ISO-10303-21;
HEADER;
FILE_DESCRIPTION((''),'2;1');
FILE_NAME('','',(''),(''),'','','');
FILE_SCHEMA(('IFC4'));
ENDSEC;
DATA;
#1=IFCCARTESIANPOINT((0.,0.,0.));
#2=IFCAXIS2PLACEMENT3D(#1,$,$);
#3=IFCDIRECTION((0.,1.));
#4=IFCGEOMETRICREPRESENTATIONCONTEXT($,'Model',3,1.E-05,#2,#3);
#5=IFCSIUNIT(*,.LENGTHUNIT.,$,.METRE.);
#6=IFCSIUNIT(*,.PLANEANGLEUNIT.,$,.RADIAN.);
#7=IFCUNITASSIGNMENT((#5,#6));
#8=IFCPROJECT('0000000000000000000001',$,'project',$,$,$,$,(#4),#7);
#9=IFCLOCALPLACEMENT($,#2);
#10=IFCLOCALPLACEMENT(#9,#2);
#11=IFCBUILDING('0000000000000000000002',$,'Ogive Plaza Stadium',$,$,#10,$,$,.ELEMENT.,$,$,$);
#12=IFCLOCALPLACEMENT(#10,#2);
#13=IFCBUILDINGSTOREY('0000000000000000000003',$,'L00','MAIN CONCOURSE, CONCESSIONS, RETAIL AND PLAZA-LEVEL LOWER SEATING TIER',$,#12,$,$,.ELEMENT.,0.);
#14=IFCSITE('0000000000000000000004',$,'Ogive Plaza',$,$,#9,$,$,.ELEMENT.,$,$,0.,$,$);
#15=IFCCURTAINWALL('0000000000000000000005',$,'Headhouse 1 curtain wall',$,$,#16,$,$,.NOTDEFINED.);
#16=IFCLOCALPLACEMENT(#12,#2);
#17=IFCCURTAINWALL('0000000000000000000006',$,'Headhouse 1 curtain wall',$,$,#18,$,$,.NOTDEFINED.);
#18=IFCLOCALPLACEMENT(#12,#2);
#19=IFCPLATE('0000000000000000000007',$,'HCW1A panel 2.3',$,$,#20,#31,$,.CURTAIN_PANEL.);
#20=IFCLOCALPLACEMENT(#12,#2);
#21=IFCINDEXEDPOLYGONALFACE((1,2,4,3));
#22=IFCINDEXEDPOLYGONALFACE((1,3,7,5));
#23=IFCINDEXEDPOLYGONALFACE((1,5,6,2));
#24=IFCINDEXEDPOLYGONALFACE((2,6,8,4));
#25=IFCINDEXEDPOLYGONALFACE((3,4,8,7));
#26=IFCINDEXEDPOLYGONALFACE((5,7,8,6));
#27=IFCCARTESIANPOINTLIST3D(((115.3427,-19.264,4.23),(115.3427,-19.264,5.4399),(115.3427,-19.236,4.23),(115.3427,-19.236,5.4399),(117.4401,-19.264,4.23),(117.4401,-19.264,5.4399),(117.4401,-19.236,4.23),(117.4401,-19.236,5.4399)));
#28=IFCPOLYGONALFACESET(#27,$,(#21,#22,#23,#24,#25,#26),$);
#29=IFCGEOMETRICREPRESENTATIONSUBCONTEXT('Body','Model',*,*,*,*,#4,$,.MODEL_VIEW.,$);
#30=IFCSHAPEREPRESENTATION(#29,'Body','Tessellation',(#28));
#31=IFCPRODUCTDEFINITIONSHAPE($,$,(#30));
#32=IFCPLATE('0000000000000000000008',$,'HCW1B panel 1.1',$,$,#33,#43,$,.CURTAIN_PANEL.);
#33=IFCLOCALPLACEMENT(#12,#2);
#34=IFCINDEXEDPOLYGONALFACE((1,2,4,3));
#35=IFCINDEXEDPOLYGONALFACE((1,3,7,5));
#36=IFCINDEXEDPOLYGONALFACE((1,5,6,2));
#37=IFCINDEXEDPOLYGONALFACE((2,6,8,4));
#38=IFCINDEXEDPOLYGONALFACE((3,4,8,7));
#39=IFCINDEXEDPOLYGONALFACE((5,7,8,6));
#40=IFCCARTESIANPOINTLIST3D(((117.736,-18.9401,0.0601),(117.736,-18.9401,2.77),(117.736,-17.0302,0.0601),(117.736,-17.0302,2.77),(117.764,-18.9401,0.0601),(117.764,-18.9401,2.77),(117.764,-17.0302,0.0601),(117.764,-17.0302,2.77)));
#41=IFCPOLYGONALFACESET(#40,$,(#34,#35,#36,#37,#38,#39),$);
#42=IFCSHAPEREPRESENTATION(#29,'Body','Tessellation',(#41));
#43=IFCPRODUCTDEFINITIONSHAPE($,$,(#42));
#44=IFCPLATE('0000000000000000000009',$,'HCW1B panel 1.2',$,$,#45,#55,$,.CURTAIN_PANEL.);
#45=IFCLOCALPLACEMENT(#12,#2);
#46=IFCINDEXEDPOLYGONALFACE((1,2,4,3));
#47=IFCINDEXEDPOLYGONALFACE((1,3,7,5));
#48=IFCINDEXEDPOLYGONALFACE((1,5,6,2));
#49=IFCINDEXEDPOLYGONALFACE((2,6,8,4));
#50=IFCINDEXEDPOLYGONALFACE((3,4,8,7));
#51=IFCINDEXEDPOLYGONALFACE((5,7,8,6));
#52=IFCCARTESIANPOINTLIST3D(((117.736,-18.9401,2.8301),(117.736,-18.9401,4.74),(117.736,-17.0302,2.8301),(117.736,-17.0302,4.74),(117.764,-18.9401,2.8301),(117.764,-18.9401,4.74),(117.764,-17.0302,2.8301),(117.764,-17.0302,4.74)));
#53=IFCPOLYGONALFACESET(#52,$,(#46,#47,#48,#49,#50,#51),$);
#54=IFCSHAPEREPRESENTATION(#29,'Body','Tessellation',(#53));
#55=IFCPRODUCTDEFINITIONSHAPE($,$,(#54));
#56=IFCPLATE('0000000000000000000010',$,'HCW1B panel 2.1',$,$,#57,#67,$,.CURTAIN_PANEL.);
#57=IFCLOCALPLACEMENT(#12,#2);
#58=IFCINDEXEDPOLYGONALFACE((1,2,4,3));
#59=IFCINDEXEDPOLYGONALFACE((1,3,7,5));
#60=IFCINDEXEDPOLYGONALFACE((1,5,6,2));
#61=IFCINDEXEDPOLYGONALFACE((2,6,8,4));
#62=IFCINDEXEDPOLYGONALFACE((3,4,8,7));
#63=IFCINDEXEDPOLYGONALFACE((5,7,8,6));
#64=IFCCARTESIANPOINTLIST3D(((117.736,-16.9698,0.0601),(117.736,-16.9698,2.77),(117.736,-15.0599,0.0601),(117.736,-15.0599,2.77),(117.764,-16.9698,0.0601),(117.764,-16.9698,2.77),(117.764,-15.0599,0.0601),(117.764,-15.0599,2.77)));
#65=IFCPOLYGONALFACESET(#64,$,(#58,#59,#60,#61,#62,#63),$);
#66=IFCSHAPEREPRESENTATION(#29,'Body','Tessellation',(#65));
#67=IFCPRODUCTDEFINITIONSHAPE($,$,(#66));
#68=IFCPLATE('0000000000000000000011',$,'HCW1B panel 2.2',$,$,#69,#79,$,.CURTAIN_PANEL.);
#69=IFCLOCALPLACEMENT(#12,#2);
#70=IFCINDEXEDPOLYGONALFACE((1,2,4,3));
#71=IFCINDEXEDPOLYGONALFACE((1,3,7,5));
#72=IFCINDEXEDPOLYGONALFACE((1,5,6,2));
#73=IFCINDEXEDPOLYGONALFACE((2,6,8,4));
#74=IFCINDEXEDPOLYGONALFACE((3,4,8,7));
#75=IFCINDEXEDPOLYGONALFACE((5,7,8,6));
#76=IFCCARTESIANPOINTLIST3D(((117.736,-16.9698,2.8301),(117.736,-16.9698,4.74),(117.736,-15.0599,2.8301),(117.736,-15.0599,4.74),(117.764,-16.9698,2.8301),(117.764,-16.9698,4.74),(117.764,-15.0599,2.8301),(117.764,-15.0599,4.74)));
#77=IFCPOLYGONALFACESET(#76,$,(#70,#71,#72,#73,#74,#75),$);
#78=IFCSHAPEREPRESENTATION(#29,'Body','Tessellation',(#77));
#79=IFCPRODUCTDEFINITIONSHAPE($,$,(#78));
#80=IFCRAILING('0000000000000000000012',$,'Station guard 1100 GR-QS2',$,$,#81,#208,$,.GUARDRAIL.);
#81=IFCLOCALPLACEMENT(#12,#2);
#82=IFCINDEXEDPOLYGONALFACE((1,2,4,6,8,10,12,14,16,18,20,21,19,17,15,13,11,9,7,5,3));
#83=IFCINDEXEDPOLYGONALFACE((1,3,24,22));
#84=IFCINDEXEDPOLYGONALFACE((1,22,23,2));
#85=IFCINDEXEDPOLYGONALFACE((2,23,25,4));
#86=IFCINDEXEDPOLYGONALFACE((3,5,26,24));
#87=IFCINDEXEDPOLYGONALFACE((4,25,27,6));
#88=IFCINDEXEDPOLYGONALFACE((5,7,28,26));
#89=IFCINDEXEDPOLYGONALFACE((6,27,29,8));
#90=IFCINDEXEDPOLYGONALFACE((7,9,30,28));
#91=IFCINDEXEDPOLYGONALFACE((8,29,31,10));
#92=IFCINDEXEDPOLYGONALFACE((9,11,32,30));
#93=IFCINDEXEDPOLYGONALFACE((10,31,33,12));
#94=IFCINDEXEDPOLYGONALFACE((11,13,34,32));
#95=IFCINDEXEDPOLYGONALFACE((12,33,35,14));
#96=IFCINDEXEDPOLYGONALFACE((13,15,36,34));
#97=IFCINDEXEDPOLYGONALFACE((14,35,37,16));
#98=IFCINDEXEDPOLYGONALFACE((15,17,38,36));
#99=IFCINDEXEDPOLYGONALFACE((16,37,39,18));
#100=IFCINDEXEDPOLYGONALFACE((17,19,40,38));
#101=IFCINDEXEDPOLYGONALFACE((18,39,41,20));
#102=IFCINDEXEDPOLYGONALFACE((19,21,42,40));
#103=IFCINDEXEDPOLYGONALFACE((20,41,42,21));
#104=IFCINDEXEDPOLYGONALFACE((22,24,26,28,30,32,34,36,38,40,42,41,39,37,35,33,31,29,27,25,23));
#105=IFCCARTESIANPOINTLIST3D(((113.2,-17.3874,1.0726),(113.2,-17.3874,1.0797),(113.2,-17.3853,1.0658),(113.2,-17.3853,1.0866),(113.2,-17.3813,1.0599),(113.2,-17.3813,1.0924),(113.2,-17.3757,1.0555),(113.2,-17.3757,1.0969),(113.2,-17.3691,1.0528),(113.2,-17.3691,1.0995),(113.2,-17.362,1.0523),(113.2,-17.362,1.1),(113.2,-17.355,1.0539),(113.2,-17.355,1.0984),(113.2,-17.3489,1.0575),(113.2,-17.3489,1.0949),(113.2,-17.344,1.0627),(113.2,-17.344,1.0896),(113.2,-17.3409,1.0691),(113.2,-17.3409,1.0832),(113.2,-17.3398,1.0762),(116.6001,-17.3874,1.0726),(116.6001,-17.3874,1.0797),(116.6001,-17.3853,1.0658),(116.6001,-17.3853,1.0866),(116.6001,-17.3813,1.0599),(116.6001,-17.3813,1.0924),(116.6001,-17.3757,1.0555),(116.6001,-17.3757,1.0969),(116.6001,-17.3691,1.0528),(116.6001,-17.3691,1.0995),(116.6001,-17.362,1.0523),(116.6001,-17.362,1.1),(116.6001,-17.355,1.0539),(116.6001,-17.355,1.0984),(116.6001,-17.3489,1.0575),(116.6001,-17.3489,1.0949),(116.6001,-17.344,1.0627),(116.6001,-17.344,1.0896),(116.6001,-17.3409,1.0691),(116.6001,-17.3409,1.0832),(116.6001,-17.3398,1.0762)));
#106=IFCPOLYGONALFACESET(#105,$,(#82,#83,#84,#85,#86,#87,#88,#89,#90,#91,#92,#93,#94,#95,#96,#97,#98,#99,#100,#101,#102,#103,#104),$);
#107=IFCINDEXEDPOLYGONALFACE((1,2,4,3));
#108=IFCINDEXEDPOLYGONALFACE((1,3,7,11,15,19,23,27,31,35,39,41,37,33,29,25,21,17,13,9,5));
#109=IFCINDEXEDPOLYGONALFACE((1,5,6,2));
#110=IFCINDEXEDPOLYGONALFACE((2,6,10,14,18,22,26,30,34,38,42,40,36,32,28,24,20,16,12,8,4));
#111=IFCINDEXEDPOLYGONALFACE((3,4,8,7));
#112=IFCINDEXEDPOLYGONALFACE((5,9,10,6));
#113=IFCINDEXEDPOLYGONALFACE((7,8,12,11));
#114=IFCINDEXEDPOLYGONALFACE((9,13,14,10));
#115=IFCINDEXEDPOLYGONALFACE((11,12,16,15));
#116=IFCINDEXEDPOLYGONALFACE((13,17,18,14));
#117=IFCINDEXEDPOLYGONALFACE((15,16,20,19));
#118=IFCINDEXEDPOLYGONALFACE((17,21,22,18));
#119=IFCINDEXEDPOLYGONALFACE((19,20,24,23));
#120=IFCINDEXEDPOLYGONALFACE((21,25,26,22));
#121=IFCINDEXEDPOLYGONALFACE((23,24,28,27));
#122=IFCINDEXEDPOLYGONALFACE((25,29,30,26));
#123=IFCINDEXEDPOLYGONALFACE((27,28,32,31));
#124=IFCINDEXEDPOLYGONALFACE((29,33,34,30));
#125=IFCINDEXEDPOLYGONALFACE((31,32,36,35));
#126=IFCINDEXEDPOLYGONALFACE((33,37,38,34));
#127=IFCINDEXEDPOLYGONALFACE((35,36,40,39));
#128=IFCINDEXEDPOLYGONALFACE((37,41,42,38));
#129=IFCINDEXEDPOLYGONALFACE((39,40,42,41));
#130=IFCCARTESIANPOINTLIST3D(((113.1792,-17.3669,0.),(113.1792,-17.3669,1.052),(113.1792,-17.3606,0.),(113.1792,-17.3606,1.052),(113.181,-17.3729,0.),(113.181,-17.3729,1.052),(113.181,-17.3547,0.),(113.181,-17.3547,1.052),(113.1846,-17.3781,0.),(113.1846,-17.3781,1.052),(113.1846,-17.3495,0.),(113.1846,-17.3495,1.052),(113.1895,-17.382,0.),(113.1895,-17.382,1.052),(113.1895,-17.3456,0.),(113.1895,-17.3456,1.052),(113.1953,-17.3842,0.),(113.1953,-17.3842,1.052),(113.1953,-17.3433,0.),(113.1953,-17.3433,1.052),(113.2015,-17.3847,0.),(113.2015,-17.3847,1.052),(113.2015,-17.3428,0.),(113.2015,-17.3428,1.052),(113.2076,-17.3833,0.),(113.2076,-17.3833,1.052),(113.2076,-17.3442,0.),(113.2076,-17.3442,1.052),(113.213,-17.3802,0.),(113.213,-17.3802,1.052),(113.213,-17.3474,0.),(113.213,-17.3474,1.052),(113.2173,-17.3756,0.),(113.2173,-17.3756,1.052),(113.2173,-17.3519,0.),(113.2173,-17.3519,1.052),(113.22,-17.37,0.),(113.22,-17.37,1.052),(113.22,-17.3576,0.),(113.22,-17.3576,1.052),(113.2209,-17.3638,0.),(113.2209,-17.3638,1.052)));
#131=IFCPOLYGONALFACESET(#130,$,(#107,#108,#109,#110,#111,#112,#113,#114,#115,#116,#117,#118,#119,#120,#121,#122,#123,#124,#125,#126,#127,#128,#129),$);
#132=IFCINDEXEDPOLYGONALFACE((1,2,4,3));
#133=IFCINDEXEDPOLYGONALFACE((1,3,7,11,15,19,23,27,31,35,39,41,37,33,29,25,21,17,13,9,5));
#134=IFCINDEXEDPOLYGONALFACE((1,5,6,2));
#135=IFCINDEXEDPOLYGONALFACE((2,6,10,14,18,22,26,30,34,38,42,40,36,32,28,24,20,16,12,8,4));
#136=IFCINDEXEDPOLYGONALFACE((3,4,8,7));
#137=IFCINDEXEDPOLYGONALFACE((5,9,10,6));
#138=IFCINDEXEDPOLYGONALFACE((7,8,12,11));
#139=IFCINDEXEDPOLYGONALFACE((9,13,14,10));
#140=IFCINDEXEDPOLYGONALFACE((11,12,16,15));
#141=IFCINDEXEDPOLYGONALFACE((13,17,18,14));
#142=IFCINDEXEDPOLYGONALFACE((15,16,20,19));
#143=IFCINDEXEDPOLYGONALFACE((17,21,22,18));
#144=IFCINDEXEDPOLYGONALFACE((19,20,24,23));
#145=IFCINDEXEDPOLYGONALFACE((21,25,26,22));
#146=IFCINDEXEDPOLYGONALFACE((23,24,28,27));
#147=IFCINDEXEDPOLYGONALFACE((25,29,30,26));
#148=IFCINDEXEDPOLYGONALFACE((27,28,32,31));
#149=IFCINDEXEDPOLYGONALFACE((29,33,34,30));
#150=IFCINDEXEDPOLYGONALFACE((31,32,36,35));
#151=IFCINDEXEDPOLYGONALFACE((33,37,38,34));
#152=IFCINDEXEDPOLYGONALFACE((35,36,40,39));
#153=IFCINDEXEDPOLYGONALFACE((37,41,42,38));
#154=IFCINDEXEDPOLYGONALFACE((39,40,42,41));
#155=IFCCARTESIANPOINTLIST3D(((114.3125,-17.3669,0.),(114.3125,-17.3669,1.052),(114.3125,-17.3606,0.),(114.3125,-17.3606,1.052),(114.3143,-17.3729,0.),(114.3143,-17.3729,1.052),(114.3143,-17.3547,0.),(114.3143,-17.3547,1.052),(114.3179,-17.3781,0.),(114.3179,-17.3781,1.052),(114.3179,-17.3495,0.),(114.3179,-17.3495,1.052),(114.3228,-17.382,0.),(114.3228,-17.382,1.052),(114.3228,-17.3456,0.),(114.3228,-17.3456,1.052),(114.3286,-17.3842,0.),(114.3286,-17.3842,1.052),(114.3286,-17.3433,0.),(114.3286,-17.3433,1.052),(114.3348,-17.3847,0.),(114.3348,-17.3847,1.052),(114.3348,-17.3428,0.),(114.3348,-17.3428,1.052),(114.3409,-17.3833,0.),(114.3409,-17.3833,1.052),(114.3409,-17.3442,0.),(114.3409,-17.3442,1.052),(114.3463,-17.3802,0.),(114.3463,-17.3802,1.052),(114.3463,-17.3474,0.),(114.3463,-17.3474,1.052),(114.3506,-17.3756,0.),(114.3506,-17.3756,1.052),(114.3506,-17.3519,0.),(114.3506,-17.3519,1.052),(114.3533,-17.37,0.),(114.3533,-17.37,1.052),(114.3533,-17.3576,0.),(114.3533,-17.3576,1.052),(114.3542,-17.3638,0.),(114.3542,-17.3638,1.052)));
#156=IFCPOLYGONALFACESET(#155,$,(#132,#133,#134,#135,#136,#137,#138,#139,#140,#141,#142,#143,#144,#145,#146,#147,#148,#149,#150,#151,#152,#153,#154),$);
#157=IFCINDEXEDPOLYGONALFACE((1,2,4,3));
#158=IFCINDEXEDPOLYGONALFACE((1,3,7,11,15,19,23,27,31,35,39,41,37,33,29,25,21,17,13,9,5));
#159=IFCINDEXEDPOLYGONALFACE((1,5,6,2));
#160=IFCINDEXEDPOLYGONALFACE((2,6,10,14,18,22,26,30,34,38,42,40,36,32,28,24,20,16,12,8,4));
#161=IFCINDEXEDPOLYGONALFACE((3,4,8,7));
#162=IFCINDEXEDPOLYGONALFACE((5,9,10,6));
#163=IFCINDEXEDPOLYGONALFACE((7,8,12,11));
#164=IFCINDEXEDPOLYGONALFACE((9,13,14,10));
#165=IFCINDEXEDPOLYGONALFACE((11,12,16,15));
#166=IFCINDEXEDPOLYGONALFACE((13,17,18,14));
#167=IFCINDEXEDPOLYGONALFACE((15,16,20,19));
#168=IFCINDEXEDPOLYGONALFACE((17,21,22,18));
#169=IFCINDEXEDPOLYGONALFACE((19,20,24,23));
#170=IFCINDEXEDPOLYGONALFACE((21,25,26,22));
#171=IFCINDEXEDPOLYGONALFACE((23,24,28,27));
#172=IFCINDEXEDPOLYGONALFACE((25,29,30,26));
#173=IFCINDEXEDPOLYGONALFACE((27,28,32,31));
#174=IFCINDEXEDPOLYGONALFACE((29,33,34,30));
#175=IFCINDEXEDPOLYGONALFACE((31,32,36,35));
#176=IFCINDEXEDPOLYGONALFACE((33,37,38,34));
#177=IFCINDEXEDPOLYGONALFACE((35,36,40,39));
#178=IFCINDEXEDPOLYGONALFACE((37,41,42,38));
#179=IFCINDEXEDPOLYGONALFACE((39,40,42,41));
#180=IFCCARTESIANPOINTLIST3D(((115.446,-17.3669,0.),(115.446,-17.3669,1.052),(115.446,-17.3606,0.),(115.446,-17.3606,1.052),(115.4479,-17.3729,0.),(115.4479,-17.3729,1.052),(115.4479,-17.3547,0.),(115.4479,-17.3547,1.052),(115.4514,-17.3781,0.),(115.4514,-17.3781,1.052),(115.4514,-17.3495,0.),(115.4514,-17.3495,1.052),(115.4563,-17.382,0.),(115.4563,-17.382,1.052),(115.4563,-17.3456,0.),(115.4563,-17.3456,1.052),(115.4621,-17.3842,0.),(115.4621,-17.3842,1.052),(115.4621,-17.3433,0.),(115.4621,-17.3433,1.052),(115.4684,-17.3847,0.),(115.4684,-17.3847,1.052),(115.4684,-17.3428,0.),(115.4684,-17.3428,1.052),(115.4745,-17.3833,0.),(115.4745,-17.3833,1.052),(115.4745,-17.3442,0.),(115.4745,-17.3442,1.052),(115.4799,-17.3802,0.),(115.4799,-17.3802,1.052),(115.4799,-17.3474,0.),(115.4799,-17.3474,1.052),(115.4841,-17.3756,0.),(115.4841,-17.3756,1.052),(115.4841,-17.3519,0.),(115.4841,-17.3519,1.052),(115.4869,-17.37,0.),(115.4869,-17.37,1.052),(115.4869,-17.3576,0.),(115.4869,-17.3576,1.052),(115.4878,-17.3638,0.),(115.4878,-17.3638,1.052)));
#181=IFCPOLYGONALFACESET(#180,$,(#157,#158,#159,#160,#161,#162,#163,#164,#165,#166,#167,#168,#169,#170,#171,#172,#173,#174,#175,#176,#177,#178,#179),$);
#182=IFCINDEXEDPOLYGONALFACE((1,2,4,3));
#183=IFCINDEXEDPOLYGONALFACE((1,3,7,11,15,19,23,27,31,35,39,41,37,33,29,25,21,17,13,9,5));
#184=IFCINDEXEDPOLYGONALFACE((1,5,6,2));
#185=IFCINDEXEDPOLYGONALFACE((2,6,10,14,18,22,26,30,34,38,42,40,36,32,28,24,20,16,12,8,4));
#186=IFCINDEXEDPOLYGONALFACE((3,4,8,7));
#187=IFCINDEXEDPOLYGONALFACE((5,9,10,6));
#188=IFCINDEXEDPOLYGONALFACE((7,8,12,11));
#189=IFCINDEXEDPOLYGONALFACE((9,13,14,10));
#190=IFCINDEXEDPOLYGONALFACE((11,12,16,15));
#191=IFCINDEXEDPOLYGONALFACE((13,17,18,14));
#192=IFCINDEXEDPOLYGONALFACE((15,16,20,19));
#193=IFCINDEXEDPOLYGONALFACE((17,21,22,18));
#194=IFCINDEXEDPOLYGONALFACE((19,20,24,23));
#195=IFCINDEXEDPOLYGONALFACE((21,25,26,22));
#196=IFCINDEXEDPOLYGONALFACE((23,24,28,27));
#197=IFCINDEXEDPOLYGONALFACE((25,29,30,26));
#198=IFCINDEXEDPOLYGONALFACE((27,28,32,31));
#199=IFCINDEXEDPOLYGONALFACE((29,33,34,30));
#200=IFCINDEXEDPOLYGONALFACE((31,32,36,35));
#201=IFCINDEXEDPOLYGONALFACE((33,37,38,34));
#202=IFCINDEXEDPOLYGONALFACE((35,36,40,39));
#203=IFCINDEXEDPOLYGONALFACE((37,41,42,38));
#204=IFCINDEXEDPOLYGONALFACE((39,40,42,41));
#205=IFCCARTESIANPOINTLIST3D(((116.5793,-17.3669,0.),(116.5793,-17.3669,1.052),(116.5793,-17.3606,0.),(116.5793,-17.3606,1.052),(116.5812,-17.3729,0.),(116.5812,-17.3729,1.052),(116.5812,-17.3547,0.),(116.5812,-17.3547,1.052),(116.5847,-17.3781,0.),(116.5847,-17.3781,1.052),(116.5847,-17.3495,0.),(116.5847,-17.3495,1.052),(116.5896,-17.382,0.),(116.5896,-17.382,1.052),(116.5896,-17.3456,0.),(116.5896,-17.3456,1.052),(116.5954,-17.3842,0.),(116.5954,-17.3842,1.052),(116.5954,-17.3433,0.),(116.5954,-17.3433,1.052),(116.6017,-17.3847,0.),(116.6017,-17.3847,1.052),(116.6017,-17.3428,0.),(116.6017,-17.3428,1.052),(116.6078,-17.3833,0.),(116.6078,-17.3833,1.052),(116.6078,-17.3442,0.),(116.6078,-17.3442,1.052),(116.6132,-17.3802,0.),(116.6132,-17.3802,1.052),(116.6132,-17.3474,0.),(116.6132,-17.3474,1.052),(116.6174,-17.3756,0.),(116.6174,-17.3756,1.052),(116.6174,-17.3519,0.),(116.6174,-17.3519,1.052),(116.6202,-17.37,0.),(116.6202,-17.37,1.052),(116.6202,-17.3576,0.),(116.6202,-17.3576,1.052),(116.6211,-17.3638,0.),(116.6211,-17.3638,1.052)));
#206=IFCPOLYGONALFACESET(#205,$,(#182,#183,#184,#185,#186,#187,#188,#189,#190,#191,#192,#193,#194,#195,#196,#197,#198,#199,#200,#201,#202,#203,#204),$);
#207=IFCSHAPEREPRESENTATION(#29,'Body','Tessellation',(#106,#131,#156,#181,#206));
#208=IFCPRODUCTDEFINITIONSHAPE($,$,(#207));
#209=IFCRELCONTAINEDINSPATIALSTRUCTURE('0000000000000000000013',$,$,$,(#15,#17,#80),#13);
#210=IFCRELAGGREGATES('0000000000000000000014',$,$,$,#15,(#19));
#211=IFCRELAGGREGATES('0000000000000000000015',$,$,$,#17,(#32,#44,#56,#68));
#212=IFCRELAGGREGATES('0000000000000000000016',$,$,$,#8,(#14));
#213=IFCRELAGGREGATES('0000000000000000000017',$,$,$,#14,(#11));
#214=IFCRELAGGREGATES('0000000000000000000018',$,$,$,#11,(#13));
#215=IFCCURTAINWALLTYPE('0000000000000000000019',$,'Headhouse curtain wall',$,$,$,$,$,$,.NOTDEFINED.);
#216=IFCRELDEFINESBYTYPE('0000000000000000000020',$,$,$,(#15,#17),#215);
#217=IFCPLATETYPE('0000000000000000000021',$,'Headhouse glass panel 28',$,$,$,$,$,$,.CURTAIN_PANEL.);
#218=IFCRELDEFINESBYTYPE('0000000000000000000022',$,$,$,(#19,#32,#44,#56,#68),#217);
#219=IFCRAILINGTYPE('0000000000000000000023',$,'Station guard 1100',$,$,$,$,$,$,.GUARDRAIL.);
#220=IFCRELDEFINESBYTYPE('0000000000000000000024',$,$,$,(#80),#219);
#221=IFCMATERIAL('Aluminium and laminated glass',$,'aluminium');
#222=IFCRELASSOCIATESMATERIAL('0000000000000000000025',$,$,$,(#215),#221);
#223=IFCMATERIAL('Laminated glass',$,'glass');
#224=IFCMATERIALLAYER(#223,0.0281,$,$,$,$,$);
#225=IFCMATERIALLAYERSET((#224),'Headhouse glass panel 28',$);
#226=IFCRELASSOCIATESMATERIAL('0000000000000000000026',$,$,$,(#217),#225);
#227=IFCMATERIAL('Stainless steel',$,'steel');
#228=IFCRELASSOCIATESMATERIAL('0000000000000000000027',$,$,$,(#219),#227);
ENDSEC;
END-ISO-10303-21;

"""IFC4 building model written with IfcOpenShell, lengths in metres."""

from ifc_helpers import new_model, si_unit, direction, frame, origin, origin_2d, place, context, subcontext, project, spatial, rectangle, circle, extrude, material, layer, layer_set, type_object, element, aggregate, save


model = new_model("IFC4")

# Units and contexts
model_context = context("Model", 3, precision=1e-05, world=origin(), true_north=direction((0.0, 1.0)))
body_context = subcontext(model_context, "Body", "Model", "MODEL_VIEW")
ifc_project = project(units=[si_unit("LENGTHUNIT", "METRE"), si_unit("PLANEANGLEUNIT", "RADIAN")], contexts=[model_context])

# Site, building, storey
site_placement = place(None, origin())
site = spatial("IfcSite", under=ifc_project, at=site_placement, Name="Ogive Plaza", CompositionType="ELEMENT", RefElevation=0.0)
building_placement = place(site_placement, origin())
building = spatial("IfcBuilding", under=site, at=building_placement, Name="Ogive Plaza Stadium", CompositionType="ELEMENT")
storey_placement = place(building_placement, origin())
storey = spatial("IfcBuildingStorey", under=building, at=storey_placement, Name="L00", Description="MAIN CONCOURSE, CONCESSIONS, RETAIL AND PLAZA-LEVEL LOWER SEATING TIER", CompositionType="ELEMENT", Elevation=0.0)

# Shared definitions
ifc_material_1 = material(Name="Aluminium and laminated glass", Category="aluminium")
curtain_wall_type = type_object("IfcCurtainWallType", Name="Headhouse curtain wall", PredefinedType="NOTDEFINED", material=ifc_material_1)

# Curtain walls
curtain_wall_1_placement = place(storey_placement, origin())
curtain_wall_1 = element("IfcCurtainWall", 1, at=curtain_wall_1_placement, inside=storey, type_object=curtain_wall_type, Name="Headhouse 1 curtain wall", PredefinedType="NOTDEFINED")
curtain_wall_2_placement = place(storey_placement, origin())
curtain_wall_2 = element("IfcCurtainWall", 2, at=curtain_wall_2_placement, inside=storey, type_object=curtain_wall_type, Name="Headhouse 1 curtain wall", PredefinedType="NOTDEFINED")

# Plates
ifc_material_2 = material(Name="Laminated glass", Category="glass")
ifc_layer = layer(ifc_material_2, 0.0281)
ifc_layer_set = layer_set([ifc_layer], Name="Headhouse glass panel 28")
plate_type = type_object("IfcPlateType", Name="Headhouse glass panel 28", PredefinedType="CURTAIN_PANEL", material=ifc_layer_set)
plate_1_placement = place(storey_placement, frame((116.3914, -19.25, 4.23), z_axis=(0.0, 0.0, 1.0), x_axis=(1.0, 0.0, 0.0)))
plate_1 = element("IfcPlate", 3, at=plate_1_placement, type_object=plate_type, Name="HCW1A panel 2.3", PredefinedType="CURTAIN_PANEL", context=body_context, shape_type="SweptSolid", body=[
    extrude(rectangle(XDim=2.0974, YDim=0.0281, at=origin_2d()), origin(), (0.0, 0.0, 1.0), 1.21),
])
aggregate(curtain_wall_1, [plate_1])
plate_2_placement = place(storey_placement, frame((117.75, -17.9851, 0.0601), z_axis=(0.0, 0.0, 1.0), x_axis=(0.0, 1.0, 0.0)))
plate_2 = element("IfcPlate", 4, at=plate_2_placement, type_object=plate_type, Name="HCW1B panel 1.1", PredefinedType="CURTAIN_PANEL", context=body_context, shape_type="SweptSolid", body=[
    extrude(rectangle(XDim=1.9099, YDim=0.0281, at=origin_2d()), origin(), (0.0, 0.0, 1.0), 2.71),
])
plate_3_placement = place(storey_placement, frame((117.75, -17.9851, 2.8301), z_axis=(0.0, 0.0, 1.0), x_axis=(0.0, 1.0, 0.0)))
plate_3 = element("IfcPlate", 5, at=plate_3_placement, type_object=plate_type, Name="HCW1B panel 1.2", PredefinedType="CURTAIN_PANEL", context=body_context, shape_type="SweptSolid", body=[
    extrude(rectangle(XDim=1.9099, YDim=0.0281, at=origin_2d()), origin(), (0.0, 0.0, 1.0), 1.9099),
])
plate_4_placement = place(storey_placement, frame((117.75, -16.0149, 0.0601), z_axis=(0.0, 0.0, 1.0), x_axis=(0.0, 1.0, 0.0)))
plate_4 = element("IfcPlate", 6, at=plate_4_placement, type_object=plate_type, Name="HCW1B panel 2.1", PredefinedType="CURTAIN_PANEL", context=body_context, shape_type="SweptSolid", body=[
    extrude(rectangle(XDim=1.9099, YDim=0.0281, at=origin_2d()), origin(), (0.0, 0.0, 1.0), 2.71),
])
plate_5_placement = place(storey_placement, frame((117.75, -16.0149, 2.8301), z_axis=(0.0, 0.0, 1.0), x_axis=(0.0, 1.0, 0.0)))
plate_5 = element("IfcPlate", 7, at=plate_5_placement, type_object=plate_type, Name="HCW1B panel 2.2", PredefinedType="CURTAIN_PANEL", context=body_context, shape_type="SweptSolid", body=[
    extrude(rectangle(XDim=1.9099, YDim=0.0281, at=origin_2d()), origin(), (0.0, 0.0, 1.0), 1.9099),
])
aggregate(curtain_wall_2, [plate_2, plate_3, plate_4, plate_5])

# Railing
ifc_material_3 = material(Name="Stainless steel", Category="steel")
railing_type = type_object("IfcRailingType", Name="Station guard 1100", PredefinedType="GUARDRAIL", material=ifc_material_3)
railing_placement = place(storey_placement, frame((113.2, -17.3638, 0.0)))
element("IfcRailing", 8, at=railing_placement, inside=storey, type_object=railing_type, Name="Station guard 1100 GR-QS2", PredefinedType="GUARDRAIL", context=body_context, shape_type="SweptSolid", body=[
    extrude(circle(Radius=0.0239, at=origin_2d()), frame((0.0, 0.0, 1.0762), z_axis=(1.0, 0.0, 0.0), x_axis=(0.0, 1.0, 0.0)), (0.0, 0.0, 1.0), 3.4001),
    extrude(circle(Radius=0.021, at=origin_2d()), origin(), (0.0, 0.0, 1.0), 1.052),
    extrude(circle(Radius=0.021, at=origin_2d()), frame((1.1333, 0.0, 0.0)), (0.0, 0.0, 1.0), 1.052),
    extrude(circle(Radius=0.021, at=origin_2d()), frame((2.2668, 0.0, 0.0)), (0.0, 0.0, 1.0), 1.052),
    extrude(circle(Radius=0.021, at=origin_2d()), frame((3.4001, 0.0, 0.0)), (0.0, 0.0, 1.0), 1.052),
])

save(model, "model.ifc")
